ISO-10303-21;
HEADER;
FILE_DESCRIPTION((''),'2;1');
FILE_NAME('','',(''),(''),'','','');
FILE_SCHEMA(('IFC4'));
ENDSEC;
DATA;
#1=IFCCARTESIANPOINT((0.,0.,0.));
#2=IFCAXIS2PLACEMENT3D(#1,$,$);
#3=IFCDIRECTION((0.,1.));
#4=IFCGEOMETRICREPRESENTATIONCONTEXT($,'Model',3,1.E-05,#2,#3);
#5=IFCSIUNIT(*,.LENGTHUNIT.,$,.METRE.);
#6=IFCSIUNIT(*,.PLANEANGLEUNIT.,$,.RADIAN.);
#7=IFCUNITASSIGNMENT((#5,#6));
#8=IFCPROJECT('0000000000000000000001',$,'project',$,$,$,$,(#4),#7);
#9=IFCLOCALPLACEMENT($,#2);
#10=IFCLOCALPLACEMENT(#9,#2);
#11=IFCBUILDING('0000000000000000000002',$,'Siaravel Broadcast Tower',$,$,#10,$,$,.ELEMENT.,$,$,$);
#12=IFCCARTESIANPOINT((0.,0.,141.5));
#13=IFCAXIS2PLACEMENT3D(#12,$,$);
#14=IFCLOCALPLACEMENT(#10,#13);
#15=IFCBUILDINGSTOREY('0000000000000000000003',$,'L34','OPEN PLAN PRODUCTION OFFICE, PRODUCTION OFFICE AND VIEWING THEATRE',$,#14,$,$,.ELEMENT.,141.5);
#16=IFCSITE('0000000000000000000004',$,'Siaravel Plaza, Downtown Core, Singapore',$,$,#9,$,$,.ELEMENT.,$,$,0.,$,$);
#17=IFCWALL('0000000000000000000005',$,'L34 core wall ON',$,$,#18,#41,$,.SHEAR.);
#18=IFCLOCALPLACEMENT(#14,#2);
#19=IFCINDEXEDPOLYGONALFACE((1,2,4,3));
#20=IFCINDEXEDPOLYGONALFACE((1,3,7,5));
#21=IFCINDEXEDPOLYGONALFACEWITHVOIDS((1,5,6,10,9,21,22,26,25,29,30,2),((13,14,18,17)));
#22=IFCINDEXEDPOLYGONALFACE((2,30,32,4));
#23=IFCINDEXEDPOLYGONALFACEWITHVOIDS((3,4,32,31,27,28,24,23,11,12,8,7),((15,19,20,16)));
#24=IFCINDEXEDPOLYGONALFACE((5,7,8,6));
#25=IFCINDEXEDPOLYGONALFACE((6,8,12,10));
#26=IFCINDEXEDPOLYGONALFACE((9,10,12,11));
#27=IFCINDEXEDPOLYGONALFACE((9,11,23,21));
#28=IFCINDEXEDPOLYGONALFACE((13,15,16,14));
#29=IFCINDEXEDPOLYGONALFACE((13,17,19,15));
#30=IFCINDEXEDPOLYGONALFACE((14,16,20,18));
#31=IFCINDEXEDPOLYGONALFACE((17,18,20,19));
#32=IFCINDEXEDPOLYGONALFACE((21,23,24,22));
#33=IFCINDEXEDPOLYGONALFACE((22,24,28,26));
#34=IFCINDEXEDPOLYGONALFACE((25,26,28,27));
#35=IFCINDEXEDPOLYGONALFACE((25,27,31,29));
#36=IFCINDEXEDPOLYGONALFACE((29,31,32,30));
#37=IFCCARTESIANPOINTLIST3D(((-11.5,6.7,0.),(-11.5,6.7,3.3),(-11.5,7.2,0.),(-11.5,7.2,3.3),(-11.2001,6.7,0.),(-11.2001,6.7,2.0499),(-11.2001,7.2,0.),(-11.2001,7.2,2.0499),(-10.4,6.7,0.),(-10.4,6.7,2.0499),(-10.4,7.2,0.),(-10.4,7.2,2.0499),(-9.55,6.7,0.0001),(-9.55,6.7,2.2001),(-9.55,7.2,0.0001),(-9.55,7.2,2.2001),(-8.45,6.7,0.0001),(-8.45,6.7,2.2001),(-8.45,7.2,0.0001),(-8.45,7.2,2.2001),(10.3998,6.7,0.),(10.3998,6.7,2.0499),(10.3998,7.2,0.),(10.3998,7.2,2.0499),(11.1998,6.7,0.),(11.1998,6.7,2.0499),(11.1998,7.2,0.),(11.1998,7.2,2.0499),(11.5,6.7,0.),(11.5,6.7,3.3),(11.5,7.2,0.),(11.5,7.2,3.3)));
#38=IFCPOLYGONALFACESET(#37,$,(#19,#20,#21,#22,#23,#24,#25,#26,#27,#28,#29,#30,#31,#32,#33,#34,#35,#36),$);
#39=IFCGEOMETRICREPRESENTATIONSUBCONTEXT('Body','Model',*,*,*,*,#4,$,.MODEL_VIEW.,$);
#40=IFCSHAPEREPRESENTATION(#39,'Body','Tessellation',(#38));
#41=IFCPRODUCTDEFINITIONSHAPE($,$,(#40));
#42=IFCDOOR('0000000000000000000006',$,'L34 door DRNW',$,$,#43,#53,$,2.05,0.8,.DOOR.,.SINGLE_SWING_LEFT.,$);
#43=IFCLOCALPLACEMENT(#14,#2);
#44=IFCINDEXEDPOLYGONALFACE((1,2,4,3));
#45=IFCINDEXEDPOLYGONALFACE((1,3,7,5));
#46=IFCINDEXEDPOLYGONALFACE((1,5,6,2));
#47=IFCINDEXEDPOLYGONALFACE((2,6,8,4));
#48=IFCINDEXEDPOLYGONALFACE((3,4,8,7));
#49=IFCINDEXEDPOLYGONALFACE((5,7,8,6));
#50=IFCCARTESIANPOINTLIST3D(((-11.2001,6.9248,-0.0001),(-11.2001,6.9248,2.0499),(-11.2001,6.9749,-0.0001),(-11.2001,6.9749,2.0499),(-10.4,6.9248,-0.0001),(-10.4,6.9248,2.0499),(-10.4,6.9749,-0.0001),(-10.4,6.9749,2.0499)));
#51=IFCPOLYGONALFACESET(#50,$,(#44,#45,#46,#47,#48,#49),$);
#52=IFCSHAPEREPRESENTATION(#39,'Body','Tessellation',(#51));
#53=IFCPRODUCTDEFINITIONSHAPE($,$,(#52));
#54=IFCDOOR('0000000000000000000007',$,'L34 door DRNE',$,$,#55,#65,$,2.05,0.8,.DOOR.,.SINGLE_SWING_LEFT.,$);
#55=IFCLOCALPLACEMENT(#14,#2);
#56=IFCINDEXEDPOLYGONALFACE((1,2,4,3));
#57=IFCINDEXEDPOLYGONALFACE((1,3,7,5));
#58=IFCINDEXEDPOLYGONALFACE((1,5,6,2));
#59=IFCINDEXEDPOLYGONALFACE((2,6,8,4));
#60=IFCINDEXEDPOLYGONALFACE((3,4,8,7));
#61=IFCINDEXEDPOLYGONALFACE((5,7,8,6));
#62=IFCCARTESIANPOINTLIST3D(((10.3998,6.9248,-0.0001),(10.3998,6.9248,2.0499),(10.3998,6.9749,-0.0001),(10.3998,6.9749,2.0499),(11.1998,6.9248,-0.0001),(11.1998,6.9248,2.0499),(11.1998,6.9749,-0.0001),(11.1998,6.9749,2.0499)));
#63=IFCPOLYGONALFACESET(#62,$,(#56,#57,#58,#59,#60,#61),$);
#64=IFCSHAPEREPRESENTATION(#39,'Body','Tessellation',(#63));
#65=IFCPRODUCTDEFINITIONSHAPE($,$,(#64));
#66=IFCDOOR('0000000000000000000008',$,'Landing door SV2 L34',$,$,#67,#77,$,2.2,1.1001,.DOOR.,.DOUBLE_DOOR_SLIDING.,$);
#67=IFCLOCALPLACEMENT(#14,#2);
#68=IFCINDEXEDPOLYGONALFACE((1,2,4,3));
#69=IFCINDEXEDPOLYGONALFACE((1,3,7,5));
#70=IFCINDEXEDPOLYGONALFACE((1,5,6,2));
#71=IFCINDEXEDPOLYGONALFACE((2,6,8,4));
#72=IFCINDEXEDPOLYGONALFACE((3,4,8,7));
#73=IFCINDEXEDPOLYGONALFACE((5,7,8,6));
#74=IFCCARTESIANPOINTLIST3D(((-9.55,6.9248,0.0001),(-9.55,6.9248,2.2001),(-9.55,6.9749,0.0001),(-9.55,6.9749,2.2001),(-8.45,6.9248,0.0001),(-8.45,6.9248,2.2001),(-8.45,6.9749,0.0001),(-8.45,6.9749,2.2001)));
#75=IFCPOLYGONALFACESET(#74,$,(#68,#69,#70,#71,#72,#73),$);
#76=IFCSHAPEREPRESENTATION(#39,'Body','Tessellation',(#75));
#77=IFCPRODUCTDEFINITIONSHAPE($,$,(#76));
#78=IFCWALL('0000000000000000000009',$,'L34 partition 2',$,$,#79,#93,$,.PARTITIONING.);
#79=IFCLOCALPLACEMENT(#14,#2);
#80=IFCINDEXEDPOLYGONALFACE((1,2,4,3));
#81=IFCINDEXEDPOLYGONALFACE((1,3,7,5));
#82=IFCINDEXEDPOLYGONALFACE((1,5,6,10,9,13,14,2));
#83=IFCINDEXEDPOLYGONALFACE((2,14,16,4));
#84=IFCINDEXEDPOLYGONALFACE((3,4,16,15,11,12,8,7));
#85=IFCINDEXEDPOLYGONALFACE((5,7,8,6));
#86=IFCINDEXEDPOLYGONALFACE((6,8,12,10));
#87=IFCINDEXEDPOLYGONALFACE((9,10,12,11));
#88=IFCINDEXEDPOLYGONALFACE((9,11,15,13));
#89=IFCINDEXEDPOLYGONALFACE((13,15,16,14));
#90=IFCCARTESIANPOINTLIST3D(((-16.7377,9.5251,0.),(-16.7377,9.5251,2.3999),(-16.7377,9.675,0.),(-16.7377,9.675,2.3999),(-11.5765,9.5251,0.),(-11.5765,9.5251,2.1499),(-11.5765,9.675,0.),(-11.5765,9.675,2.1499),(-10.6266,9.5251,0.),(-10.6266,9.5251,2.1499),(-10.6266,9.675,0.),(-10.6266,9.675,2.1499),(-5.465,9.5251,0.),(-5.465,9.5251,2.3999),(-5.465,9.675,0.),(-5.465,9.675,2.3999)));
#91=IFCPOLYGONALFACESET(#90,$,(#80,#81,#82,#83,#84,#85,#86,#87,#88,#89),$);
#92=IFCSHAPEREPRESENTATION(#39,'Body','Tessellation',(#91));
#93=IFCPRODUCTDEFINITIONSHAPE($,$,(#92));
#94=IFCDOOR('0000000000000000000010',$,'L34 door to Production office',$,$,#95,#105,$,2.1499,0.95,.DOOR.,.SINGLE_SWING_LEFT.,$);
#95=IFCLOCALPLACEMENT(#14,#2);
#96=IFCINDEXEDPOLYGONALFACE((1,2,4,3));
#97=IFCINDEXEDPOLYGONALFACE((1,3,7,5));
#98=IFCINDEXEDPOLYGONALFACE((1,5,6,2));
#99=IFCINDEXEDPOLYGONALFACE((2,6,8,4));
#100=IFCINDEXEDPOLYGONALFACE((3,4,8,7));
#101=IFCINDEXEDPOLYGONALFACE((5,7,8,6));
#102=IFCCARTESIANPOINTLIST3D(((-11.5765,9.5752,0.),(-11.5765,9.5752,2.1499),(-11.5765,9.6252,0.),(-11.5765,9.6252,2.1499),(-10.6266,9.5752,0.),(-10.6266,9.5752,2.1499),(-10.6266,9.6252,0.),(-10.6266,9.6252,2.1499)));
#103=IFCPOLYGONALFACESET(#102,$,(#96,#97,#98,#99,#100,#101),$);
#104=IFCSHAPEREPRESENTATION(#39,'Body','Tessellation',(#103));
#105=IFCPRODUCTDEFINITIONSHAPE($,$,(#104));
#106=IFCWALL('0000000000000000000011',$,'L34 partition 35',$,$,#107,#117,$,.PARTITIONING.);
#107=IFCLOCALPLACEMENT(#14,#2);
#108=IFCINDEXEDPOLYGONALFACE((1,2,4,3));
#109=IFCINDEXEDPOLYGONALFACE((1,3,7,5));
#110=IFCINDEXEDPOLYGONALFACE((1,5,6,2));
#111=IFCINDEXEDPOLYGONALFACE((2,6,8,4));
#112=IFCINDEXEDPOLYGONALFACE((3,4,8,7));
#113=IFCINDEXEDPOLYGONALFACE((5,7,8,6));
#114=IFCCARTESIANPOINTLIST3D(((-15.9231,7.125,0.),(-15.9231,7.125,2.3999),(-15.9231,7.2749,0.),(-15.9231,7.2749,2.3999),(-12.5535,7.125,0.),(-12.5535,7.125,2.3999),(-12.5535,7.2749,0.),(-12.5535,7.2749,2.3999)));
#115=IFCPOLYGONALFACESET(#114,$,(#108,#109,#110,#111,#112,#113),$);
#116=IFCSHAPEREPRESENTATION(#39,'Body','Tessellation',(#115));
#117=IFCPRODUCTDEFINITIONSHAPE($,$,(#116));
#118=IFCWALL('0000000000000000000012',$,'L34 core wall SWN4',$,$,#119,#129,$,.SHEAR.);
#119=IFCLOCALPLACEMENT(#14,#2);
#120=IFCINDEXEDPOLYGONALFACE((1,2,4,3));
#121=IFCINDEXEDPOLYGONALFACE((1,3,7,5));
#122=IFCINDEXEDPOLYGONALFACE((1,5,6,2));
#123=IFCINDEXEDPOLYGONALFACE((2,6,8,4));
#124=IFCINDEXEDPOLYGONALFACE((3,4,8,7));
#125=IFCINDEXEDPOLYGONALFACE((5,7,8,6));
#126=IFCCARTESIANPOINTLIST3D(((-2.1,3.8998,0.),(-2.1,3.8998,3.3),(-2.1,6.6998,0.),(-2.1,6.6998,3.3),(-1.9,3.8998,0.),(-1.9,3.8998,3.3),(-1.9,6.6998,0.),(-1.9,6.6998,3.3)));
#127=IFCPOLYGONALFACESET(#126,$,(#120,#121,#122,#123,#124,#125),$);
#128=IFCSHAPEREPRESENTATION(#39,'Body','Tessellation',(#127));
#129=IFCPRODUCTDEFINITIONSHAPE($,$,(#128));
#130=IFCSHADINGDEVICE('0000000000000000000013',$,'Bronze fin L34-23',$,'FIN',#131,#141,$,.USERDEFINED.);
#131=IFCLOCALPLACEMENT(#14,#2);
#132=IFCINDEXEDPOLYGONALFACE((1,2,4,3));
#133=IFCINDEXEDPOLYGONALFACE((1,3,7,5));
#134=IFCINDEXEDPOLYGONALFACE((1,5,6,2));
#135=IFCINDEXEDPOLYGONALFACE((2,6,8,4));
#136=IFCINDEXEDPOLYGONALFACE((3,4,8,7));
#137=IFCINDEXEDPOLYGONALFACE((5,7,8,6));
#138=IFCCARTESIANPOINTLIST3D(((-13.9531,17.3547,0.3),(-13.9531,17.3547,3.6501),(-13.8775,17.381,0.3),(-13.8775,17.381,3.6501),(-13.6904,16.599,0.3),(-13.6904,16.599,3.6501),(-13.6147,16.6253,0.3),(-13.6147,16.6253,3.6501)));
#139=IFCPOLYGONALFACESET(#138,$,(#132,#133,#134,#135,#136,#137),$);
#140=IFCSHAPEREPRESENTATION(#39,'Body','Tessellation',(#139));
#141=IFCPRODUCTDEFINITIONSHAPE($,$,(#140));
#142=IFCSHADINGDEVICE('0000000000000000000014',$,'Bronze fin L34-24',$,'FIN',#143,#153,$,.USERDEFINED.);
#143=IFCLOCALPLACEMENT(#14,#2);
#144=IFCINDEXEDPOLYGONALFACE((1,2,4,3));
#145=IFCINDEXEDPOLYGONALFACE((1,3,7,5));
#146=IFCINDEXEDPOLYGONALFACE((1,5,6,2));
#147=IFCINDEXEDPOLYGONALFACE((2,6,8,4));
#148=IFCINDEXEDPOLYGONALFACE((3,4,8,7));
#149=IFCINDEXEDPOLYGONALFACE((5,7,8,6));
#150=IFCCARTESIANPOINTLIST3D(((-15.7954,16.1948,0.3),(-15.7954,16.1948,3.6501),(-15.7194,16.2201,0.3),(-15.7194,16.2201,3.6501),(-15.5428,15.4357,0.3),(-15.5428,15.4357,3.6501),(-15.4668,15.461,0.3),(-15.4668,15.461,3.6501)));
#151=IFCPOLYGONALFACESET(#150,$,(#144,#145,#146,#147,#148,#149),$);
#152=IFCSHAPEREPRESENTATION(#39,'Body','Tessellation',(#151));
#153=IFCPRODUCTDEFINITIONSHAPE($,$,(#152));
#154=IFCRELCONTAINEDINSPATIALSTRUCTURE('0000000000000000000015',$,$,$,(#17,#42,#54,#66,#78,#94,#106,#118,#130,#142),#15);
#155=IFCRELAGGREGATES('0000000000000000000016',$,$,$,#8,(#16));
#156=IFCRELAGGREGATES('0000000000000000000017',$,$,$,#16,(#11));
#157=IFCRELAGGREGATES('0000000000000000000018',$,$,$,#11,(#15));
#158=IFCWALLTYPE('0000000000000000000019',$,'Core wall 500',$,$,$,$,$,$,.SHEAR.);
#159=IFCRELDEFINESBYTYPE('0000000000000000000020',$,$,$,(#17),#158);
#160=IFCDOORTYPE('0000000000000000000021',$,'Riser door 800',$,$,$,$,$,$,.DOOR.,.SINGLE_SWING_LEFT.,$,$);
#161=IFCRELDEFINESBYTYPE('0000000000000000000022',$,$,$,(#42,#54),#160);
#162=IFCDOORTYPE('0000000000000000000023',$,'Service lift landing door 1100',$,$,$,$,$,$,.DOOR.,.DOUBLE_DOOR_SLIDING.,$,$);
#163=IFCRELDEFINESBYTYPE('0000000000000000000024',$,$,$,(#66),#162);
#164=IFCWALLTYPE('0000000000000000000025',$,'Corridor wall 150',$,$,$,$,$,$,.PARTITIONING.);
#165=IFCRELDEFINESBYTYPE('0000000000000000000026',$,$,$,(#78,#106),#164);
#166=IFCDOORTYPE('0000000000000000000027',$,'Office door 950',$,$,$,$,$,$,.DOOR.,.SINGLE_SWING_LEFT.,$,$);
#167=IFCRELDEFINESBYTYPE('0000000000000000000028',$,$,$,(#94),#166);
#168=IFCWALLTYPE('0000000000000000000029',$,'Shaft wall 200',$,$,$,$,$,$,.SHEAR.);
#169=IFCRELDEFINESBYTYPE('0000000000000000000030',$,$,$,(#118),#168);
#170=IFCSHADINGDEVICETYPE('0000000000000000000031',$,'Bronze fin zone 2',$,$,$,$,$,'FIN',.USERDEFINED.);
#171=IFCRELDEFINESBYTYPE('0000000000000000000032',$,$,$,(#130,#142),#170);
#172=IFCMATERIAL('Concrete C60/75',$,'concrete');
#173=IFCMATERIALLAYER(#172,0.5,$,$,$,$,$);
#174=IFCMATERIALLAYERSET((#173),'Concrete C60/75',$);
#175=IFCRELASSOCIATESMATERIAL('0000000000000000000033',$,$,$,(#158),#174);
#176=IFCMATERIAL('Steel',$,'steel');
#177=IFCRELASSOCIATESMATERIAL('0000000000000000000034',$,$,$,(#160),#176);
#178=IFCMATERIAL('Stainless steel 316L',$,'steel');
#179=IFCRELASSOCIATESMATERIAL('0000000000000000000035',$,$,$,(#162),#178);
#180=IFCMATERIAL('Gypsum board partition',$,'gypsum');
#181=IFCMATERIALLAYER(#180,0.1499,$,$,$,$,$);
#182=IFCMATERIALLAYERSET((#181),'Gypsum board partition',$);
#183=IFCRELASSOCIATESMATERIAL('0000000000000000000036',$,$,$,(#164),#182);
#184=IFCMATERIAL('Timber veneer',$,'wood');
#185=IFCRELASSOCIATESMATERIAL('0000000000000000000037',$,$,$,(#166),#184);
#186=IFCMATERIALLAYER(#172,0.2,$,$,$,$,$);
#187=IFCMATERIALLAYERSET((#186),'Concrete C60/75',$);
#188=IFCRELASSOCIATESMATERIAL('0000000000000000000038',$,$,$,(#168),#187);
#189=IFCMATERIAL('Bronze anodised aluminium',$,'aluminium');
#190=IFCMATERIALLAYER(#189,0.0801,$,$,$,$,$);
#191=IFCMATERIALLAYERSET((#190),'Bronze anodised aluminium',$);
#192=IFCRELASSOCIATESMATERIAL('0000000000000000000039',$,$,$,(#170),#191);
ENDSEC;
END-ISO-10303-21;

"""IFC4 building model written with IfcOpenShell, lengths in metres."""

from ifc_helpers import new_model, si_unit, direction, frame, frame_2d, origin, origin_2d, place, context, subcontext, project, spatial, rectangle, extrude, material, layer, layer_set, type_object, element, fill, save


model = new_model("IFC4")

# Units and contexts
model_context = context("Model", 3, precision=1e-05, world=origin(), true_north=direction((0.0, 1.0)))
body_context = subcontext(model_context, "Body", "Model", "MODEL_VIEW")
ifc_project = project(units=[si_unit("LENGTHUNIT", "METRE"), si_unit("PLANEANGLEUNIT", "RADIAN")], contexts=[model_context])

# Site, building, storey
site_placement = place(None, origin())
site = spatial("IfcSite", under=ifc_project, at=site_placement, Name="Siaravel Plaza, Downtown Core, Singapore", CompositionType="ELEMENT", RefElevation=0.0)
building_placement = place(site_placement, origin())
building = spatial("IfcBuilding", under=site, at=building_placement, Name="Siaravel Broadcast Tower", CompositionType="ELEMENT")
storey_placement = place(building_placement, frame((0.0, 0.0, 141.5)))
storey = spatial("IfcBuildingStorey", under=building, at=storey_placement, Name="L34", Description="OPEN PLAN PRODUCTION OFFICE, PRODUCTION OFFICE AND VIEWING THEATRE", CompositionType="ELEMENT", Elevation=141.5)

# Shared definitions
ifc_material_1 = material(Name="Concrete C60/75", Category="concrete")

# Wall, openings, doors
ifc_layer_1 = layer(ifc_material_1, 0.5)
ifc_layer_set_1 = layer_set([ifc_layer_1], Name="Concrete C60/75")
wall_type_1 = type_object("IfcWallType", Name="Core wall 500", PredefinedType="SHEAR", material=ifc_layer_set_1)
wall_1_placement = place(storey_placement, frame((-11.5, 6.95, 0.0), z_axis=(0.0, 0.0, 1.0), x_axis=(1.0, 0.0, 0.0)))
wall_1 = element("IfcWall", 1, at=wall_1_placement, inside=storey, type_object=wall_type_1, Name="L34 core wall ON", PredefinedType="SHEAR", context=body_context, shape_type="SweptSolid", body=[
    extrude(rectangle(XDim=23.0, YDim=0.5, at=frame_2d((11.5, 0.0))), origin(), (0.0, 0.0, 1.0), 3.3),
])
opening_1_placement = place(wall_1_placement, frame((1.95, 0.0, 0.0)))
opening_1 = element("IfcOpeningElement", 2, at=opening_1_placement, cuts=wall_1, PredefinedType="OPENING", context=body_context, shape_type="SweptSolid", body=[
    extrude(rectangle(XDim=1.1001, YDim=2.2, at=frame_2d((0.55, 1.1001))), frame((0.0, 0.26, 0.0), z_axis=(0.0, -1.0, 0.0), x_axis=(1.0, 0.0, 0.0)), (0.0, 0.0, 1.0), 0.52),
])
opening_2_placement = place(wall_1_placement, frame((0.3, 0.0, 0.0)))
opening_2 = element("IfcOpeningElement", 3, at=opening_2_placement, cuts=wall_1, PredefinedType="OPENING", context=body_context, shape_type="SweptSolid", body=[
    extrude(rectangle(XDim=0.8, YDim=2.05, at=frame_2d((0.3999, 1.0249))), frame((0.0, 0.26, 0.0), z_axis=(0.0, -1.0, 0.0), x_axis=(1.0, 0.0, 0.0)), (0.0, 0.0, 1.0), 0.52),
])
opening_3_placement = place(wall_1_placement, frame((21.8999, 0.0, 0.0)))
opening_3 = element("IfcOpeningElement", 4, at=opening_3_placement, cuts=wall_1, PredefinedType="OPENING", context=body_context, shape_type="SweptSolid", body=[
    extrude(rectangle(XDim=0.8, YDim=2.05, at=frame_2d((0.3999, 1.0249))), frame((0.0, 0.26, 0.0), z_axis=(0.0, -1.0, 0.0), x_axis=(1.0, 0.0, 0.0)), (0.0, 0.0, 1.0), 0.52),
])
ifc_material_2 = material(Name="Steel", Category="steel")
door_type_1 = type_object("IfcDoorType", Name="Riser door 800", OperationType="SINGLE_SWING_LEFT", PredefinedType="DOOR", material=ifc_material_2)
door_1_placement = place(opening_2_placement, origin())
door_1 = element("IfcDoor", 5, at=door_1_placement, inside=storey, type_object=door_type_1, Name="L34 door DRNW", OperationType="SINGLE_SWING_LEFT", OverallHeight=2.05, OverallWidth=0.8, PredefinedType="DOOR", context=body_context, shape_type="SweptSolid", body=[
    extrude(rectangle(XDim=0.8, YDim=2.05, at=frame_2d((0.3999, 1.0249))), frame((0.0, 0.0249, 0.0), z_axis=(0.0, -1.0, 0.0), x_axis=(1.0, 0.0, 0.0)), (0.0, 0.0, 1.0), 0.05),
])
fill(opening_2, door_1)
door_2_placement = place(opening_3_placement, origin())
door_2 = element("IfcDoor", 6, at=door_2_placement, inside=storey, type_object=door_type_1, Name="L34 door DRNE", OperationType="SINGLE_SWING_LEFT", OverallHeight=2.05, OverallWidth=0.8, PredefinedType="DOOR", context=body_context, shape_type="SweptSolid", body=[
    extrude(rectangle(XDim=0.8, YDim=2.05, at=frame_2d((0.3999, 1.0249))), frame((0.0, 0.0249, 0.0), z_axis=(0.0, -1.0, 0.0), x_axis=(1.0, 0.0, 0.0)), (0.0, 0.0, 1.0), 0.05),
])
fill(opening_3, door_2)
ifc_material_3 = material(Name="Stainless steel 316L", Category="steel")
door_type_2 = type_object("IfcDoorType", Name="Service lift landing door 1100", OperationType="DOUBLE_DOOR_SLIDING", PredefinedType="DOOR", material=ifc_material_3)
door_3_placement = place(opening_1_placement, origin())
door_3 = element("IfcDoor", 7, at=door_3_placement, inside=storey, type_object=door_type_2, Name="Landing door SV2 L34", OperationType="DOUBLE_DOOR_SLIDING", OverallHeight=2.2, OverallWidth=1.1001, PredefinedType="DOOR", context=body_context, shape_type="SweptSolid", body=[
    extrude(rectangle(XDim=1.1001, YDim=2.2, at=frame_2d((0.55, 1.1001))), frame((0.0, 0.0249, 0.0), z_axis=(0.0, -1.0, 0.0), x_axis=(1.0, 0.0, 0.0)), (0.0, 0.0, 1.0), 0.05),
])
fill(opening_1, door_3)

# Wall, opening, door
ifc_material_4 = material(Name="Gypsum board partition", Category="gypsum")
ifc_layer_2 = layer(ifc_material_4, 0.1499)
ifc_layer_set_2 = layer_set([ifc_layer_2], Name="Gypsum board partition")
wall_type_2 = type_object("IfcWallType", Name="Corridor wall 150", PredefinedType="PARTITIONING", material=ifc_layer_set_2)
wall_2_placement = place(storey_placement, frame((-5.4651, 9.6001, 0.0), z_axis=(0.0, 0.0, 1.0), x_axis=(-1.0, 0.0, 0.0)))
wall_2 = element("IfcWall", 8, at=wall_2_placement, inside=storey, type_object=wall_type_2, Name="L34 partition 2", PredefinedType="PARTITIONING", context=body_context, shape_type="SweptSolid", body=[
    extrude(rectangle(XDim=11.2727, YDim=0.1499, at=frame_2d((5.6362, 0.0))), origin(), (0.0, 0.0, 1.0), 2.3999),
])
opening_4_placement = place(wall_2_placement, frame((5.1614, 0.0, 0.0)))
opening_4 = element("IfcOpeningElement", 9, at=opening_4_placement, cuts=wall_2, PredefinedType="OPENING", context=body_context, shape_type="SweptSolid", body=[
    extrude(rectangle(XDim=0.95, YDim=2.1499, at=frame_2d((0.4751, 1.075))), frame((0.0, 0.085, 0.0), z_axis=(0.0, -1.0, 0.0), x_axis=(1.0, 0.0, 0.0)), (0.0, 0.0, 1.0), 0.1699),
])
ifc_material_5 = material(Name="Timber veneer", Category="wood")
door_type_3 = type_object("IfcDoorType", Name="Office door 950", OperationType="SINGLE_SWING_LEFT", PredefinedType="DOOR", material=ifc_material_5)
door_4_placement = place(opening_4_placement, origin())
door_4 = element("IfcDoor", 10, at=door_4_placement, inside=storey, type_object=door_type_3, Name="L34 door to Production office", OperationType="SINGLE_SWING_LEFT", OverallHeight=2.1499, OverallWidth=0.95, PredefinedType="DOOR", context=body_context, shape_type="SweptSolid", body=[
    extrude(rectangle(XDim=0.95, YDim=2.1499, at=frame_2d((0.4751, 1.075))), frame((0.0, 0.0249, 0.0), z_axis=(0.0, -1.0, 0.0), x_axis=(1.0, 0.0, 0.0)), (0.0, 0.0, 1.0), 0.05),
])
fill(opening_4, door_4)

# Walls
wall_3_placement = place(storey_placement, frame((-15.9231, 7.2, 0.0), z_axis=(0.0, 0.0, 1.0), x_axis=(1.0, 0.0, 0.0)))
element("IfcWall", 11, at=wall_3_placement, inside=storey, type_object=wall_type_2, Name="L34 partition 35", PredefinedType="PARTITIONING", context=body_context, shape_type="SweptSolid", body=[
    extrude(rectangle(XDim=3.3696, YDim=0.1499, at=frame_2d((1.6848, 0.0))), origin(), (0.0, 0.0, 1.0), 2.3999),
])
ifc_layer_3 = layer(ifc_material_1, 0.2)
ifc_layer_set_3 = layer_set([ifc_layer_3], Name="Concrete C60/75")
wall_type_3 = type_object("IfcWallType", Name="Shaft wall 200", PredefinedType="SHEAR", material=ifc_layer_set_3)
wall_4_placement = place(storey_placement, frame((-2.0, 3.8999, 0.0), z_axis=(0.0, 0.0, 1.0), x_axis=(0.0, 1.0, 0.0)))
element("IfcWall", 12, at=wall_4_placement, inside=storey, type_object=wall_type_3, Name="L34 core wall SWN4", PredefinedType="SHEAR", context=body_context, shape_type="SweptSolid", body=[
    extrude(rectangle(XDim=2.8, YDim=0.2, at=frame_2d((1.3999, 0.0))), origin(), (0.0, 0.0, 1.0), 3.3),
])

# Shading devices
ifc_material_6 = material(Name="Bronze anodised aluminium", Category="aluminium")
ifc_layer_4 = layer(ifc_material_6, 0.0801)
ifc_layer_set_4 = layer_set([ifc_layer_4], Name="Bronze anodised aluminium")
shading_device_type = type_object("IfcShadingDeviceType", Name="Bronze fin zone 2", ElementType="FIN", PredefinedType="USERDEFINED", material=ifc_layer_set_4)
for number, where, z_axis, x_axis, name in (
    (13, (-13.7839, 16.99, 0.3), (0.0, 0.0, 1.0), (-0.32845, 0.944521, 0.0), "Bronze fin L34-23"),
    (14, (-15.6311, 15.8279, 0.3), (0.0, 0.0, 1.0), (-0.315821, 0.948819, 0.0), "Bronze fin L34-24"),
):
    element("IfcShadingDevice", number, at=place(storey_placement, frame(where, z_axis=z_axis, x_axis=x_axis)), inside=storey, type_object=shading_device_type, Name=name, ObjectType="FIN", PredefinedType="USERDEFINED", context=body_context, shape_type="SweptSolid", body=[
        extrude(rectangle(XDim=0.8, YDim=0.0801, at=origin_2d()), origin(), (0.0, 0.0, 1.0), 3.3501),
    ])

save(model, "model.ifc")
